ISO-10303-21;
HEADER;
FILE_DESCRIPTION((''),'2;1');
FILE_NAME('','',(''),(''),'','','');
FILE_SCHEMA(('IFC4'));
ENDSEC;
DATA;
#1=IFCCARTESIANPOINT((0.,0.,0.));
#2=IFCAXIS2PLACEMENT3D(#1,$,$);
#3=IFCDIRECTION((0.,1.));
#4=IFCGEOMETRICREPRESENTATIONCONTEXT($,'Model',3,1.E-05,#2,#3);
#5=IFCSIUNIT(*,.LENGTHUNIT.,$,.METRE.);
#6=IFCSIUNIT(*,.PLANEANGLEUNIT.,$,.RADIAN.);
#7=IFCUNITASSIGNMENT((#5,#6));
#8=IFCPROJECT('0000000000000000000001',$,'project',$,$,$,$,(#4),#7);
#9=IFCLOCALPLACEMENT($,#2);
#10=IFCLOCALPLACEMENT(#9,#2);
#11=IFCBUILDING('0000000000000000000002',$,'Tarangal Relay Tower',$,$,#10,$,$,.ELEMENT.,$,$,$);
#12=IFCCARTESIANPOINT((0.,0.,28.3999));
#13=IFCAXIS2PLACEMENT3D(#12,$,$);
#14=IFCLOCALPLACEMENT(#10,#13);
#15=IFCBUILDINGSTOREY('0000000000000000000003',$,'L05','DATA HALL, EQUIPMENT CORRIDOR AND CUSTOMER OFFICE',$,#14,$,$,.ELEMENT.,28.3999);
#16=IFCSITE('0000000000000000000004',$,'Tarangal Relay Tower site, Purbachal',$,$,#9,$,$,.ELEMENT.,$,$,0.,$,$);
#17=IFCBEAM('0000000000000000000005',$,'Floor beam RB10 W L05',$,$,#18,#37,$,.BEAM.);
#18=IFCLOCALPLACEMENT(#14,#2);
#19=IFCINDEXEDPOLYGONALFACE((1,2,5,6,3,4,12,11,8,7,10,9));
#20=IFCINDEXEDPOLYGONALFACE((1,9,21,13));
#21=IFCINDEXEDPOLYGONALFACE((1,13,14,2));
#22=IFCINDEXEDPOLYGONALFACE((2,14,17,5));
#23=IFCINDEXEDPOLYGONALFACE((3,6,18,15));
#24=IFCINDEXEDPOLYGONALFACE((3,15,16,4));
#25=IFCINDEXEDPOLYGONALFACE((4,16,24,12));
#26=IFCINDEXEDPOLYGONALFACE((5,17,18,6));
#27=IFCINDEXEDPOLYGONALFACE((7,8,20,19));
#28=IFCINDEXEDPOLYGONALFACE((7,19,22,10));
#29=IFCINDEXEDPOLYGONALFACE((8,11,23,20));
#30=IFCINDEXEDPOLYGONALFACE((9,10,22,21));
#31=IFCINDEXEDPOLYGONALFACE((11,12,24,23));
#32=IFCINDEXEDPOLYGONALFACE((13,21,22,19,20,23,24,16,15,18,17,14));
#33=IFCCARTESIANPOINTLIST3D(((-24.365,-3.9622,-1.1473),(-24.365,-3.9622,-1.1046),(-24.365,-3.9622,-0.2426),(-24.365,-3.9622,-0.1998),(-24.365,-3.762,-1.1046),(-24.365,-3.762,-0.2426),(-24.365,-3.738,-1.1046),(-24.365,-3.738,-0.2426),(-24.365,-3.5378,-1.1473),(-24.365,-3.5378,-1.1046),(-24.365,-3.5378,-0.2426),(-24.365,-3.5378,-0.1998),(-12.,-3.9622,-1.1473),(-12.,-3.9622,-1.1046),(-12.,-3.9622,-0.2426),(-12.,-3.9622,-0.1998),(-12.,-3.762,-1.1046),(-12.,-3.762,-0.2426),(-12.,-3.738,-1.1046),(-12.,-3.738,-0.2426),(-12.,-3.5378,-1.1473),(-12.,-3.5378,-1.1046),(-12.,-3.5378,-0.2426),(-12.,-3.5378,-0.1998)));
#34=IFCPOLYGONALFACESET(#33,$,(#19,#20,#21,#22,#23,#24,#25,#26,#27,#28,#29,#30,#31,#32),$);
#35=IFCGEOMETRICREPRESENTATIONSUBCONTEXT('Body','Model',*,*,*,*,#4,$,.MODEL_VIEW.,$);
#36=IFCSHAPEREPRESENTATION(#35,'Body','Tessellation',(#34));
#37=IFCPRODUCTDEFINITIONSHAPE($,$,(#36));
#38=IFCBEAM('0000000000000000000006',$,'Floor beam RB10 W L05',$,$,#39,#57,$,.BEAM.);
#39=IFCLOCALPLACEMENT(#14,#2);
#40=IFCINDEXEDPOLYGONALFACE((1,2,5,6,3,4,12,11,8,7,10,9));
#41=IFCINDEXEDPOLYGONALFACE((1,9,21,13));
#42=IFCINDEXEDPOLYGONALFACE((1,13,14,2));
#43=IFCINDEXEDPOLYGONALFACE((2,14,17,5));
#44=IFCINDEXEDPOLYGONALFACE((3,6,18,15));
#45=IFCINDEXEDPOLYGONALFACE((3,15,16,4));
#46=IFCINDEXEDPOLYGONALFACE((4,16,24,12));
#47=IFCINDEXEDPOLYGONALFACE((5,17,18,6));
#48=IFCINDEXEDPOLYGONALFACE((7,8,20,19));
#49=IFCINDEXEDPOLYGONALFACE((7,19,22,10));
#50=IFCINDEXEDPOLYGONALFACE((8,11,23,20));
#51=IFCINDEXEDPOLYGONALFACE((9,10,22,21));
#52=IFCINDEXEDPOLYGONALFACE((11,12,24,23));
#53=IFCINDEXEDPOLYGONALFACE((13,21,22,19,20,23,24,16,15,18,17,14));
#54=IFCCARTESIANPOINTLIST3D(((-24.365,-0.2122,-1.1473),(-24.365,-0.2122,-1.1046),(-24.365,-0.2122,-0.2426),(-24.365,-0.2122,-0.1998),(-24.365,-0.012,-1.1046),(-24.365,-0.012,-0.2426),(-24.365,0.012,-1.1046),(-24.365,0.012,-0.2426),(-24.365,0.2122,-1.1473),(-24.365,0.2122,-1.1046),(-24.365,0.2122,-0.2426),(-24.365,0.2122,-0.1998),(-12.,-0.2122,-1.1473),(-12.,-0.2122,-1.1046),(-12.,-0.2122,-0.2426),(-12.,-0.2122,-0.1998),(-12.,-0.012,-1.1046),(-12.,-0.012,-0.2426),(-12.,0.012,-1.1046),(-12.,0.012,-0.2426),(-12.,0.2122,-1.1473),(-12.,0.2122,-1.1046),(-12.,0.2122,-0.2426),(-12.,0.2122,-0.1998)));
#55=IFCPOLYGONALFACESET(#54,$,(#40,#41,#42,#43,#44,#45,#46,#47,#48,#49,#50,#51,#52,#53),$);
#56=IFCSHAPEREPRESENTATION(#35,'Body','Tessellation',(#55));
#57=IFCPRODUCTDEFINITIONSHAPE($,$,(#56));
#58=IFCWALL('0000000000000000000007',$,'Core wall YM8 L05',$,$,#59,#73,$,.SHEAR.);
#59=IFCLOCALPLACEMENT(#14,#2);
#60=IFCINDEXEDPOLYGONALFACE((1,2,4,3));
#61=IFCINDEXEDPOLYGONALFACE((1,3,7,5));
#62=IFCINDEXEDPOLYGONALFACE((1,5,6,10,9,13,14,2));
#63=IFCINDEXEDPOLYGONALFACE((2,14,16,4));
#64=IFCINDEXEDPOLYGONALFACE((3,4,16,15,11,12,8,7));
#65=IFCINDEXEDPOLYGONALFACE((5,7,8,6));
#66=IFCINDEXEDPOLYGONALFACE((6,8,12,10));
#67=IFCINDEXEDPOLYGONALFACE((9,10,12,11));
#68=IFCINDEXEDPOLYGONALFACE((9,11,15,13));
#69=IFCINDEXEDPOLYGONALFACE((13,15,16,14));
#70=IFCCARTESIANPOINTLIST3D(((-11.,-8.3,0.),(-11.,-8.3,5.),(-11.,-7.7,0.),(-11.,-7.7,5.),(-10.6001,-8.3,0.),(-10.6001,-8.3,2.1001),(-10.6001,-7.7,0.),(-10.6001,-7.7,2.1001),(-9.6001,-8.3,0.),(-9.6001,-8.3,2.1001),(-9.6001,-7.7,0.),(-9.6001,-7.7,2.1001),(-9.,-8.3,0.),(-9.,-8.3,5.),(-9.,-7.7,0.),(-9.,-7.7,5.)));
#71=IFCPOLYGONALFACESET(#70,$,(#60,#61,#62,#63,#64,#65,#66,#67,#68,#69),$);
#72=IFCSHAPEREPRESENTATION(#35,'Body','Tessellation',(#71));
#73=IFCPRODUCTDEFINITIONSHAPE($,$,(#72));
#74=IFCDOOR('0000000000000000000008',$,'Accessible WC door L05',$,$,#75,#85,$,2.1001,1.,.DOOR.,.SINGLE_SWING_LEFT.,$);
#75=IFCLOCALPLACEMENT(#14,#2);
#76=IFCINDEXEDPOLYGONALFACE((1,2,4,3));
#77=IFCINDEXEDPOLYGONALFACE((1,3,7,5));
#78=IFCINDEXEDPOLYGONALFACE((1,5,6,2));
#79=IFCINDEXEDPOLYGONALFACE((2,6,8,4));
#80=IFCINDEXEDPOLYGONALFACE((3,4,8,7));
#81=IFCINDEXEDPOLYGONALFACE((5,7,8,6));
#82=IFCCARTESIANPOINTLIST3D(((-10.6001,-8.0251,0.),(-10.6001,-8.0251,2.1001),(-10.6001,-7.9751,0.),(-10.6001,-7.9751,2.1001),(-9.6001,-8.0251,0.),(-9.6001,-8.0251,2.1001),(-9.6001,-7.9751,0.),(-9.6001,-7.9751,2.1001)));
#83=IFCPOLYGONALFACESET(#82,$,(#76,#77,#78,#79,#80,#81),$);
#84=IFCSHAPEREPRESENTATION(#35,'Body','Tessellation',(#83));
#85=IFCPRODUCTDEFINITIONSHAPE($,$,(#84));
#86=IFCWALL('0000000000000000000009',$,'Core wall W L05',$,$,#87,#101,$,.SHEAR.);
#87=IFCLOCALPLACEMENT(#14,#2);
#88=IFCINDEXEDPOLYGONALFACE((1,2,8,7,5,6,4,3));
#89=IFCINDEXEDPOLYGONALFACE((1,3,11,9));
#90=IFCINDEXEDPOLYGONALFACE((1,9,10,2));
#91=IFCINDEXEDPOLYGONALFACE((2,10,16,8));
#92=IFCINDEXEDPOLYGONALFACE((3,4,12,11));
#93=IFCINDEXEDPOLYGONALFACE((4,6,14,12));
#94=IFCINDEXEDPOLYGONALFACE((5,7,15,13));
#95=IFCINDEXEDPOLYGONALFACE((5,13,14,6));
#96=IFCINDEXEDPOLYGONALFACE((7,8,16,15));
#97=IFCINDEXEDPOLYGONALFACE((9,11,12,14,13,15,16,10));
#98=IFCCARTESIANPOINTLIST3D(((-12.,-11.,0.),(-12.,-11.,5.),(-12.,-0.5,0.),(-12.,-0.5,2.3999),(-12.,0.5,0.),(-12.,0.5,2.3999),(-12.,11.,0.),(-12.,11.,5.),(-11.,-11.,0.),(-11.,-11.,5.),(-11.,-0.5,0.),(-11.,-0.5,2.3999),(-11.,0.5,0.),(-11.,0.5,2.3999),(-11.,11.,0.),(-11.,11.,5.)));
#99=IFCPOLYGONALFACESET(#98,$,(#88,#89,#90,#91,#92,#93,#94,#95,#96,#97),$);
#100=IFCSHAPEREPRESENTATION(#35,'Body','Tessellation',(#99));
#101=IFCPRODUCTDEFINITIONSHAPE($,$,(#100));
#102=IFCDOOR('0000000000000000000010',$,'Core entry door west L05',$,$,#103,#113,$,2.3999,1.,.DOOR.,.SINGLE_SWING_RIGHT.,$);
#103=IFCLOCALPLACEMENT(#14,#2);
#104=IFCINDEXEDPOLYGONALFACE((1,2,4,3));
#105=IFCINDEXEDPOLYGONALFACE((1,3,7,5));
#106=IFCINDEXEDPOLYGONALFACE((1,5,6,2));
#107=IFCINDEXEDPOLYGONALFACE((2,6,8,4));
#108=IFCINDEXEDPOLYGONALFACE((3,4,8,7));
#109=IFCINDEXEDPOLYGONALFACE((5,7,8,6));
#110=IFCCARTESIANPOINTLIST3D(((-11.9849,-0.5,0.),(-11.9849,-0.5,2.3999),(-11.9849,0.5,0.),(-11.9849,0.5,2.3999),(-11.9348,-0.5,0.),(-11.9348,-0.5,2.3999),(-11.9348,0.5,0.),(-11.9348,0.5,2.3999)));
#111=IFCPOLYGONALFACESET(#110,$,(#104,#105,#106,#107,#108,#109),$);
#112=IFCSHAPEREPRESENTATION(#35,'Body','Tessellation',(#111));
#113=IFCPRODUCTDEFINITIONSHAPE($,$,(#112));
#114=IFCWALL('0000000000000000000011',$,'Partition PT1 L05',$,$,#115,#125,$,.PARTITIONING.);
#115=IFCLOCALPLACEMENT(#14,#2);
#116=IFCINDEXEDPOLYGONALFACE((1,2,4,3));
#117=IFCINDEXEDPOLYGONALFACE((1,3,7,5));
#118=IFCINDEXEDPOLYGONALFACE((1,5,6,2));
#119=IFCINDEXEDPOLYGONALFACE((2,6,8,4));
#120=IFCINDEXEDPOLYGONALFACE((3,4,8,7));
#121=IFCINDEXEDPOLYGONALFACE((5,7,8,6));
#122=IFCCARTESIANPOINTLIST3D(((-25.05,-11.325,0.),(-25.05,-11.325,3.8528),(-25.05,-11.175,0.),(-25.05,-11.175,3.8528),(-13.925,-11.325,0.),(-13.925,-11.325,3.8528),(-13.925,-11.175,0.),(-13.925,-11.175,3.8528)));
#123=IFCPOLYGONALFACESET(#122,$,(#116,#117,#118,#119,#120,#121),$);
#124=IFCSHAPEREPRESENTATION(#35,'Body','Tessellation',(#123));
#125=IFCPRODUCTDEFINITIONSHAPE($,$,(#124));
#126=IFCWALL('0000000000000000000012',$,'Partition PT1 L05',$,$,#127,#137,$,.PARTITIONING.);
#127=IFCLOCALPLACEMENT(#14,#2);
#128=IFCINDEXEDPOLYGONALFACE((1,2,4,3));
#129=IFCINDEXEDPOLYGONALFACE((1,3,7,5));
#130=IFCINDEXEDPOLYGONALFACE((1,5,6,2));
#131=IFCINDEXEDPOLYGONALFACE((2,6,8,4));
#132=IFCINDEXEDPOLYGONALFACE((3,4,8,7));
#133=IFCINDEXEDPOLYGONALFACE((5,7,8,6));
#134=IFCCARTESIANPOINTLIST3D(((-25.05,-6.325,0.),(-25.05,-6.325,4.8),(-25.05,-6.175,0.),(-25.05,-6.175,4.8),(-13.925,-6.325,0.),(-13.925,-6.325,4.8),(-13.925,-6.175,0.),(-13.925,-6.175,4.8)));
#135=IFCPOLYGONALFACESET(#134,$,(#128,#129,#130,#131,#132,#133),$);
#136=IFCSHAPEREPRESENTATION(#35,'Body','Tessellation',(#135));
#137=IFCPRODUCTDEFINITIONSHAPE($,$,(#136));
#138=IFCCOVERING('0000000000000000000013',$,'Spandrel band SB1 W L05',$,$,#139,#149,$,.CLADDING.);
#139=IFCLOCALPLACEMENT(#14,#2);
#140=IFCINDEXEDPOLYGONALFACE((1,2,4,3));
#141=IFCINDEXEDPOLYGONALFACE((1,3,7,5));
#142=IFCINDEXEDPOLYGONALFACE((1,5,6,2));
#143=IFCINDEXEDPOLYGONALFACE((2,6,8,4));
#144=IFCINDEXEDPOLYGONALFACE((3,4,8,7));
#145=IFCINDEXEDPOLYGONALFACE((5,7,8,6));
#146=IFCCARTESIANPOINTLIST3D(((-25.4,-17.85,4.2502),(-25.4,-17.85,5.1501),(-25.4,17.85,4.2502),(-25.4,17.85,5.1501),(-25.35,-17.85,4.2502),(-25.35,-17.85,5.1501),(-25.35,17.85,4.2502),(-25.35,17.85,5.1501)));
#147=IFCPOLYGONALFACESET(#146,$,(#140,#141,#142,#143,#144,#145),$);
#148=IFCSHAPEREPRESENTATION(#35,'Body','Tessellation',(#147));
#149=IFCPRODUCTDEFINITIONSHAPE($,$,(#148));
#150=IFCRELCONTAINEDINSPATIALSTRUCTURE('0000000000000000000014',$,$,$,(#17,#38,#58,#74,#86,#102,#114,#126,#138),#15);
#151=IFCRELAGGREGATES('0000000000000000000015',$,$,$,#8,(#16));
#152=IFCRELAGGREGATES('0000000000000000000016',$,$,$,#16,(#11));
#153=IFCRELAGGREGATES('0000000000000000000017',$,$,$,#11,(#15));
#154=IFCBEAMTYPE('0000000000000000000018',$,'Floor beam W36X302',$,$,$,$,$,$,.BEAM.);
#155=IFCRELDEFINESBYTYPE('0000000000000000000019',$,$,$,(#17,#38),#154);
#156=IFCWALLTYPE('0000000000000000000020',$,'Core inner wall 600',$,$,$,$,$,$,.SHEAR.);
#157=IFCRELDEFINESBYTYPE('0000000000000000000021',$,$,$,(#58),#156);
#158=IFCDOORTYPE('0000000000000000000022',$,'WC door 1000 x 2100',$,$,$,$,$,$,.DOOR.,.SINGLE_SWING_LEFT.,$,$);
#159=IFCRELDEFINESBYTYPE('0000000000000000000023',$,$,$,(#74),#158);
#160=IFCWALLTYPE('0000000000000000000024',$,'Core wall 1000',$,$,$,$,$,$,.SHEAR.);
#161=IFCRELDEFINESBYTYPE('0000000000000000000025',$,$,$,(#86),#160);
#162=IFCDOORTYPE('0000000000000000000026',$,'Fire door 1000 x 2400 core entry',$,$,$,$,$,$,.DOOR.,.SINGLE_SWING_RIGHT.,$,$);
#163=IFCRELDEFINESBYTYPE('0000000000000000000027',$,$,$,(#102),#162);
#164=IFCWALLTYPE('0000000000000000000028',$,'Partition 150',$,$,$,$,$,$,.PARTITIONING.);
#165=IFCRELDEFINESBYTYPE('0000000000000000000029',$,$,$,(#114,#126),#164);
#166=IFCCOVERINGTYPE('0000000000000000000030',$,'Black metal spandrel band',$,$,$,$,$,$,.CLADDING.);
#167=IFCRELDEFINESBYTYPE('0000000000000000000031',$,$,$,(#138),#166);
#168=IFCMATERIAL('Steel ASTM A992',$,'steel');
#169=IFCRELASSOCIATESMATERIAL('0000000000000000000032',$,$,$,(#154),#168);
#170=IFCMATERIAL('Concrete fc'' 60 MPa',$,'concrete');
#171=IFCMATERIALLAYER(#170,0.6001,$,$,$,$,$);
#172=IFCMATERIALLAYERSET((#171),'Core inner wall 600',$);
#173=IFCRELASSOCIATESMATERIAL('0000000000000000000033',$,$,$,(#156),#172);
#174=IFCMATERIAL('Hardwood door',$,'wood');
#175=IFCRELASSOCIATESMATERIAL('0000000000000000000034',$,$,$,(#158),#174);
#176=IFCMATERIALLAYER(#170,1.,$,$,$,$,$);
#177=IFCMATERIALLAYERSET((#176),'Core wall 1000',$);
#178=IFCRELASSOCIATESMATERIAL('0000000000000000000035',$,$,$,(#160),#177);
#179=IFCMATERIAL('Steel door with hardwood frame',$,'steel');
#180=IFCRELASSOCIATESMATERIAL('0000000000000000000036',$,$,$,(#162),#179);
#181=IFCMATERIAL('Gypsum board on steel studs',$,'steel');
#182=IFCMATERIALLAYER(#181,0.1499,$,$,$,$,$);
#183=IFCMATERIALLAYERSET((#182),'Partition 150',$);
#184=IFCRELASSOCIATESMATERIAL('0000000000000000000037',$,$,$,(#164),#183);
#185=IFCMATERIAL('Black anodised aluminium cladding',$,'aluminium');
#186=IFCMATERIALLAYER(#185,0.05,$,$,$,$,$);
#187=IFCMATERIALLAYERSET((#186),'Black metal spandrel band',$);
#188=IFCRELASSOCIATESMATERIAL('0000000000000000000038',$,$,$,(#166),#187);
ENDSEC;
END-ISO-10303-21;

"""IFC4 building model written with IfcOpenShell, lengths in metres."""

from ifc_helpers import new_model, si_unit, direction, frame, frame_2d, origin, origin_2d, place, context, subcontext, project, spatial, rectangle, i_section, extrude, material, layer, layer_set, material_profile, profile_set, type_object, element, fill, save


model = new_model("IFC4")

# Units and contexts
model_context = context("Model", 3, precision=1e-05, world=origin(), true_north=direction((0.0, 1.0)))
body_context = subcontext(model_context, "Body", "Model", "MODEL_VIEW")
ifc_project = project(units=[si_unit("LENGTHUNIT", "METRE"), si_unit("PLANEANGLEUNIT", "RADIAN")], contexts=[model_context])

# Site, building, storey
site_placement = place(None, origin())
site = spatial("IfcSite", under=ifc_project, at=site_placement, Name="Tarangal Relay Tower site, Purbachal", CompositionType="ELEMENT", RefElevation=0.0)
building_placement = place(site_placement, origin())
building = spatial("IfcBuilding", under=site, at=building_placement, Name="Tarangal Relay Tower", CompositionType="ELEMENT")
storey_placement = place(building_placement, frame((0.0, 0.0, 28.3999)))
storey = spatial("IfcBuildingStorey", under=building, at=storey_placement, Name="L05", Description="DATA HALL, EQUIPMENT CORRIDOR AND CUSTOMER OFFICE", CompositionType="ELEMENT", Elevation=28.3999)

# Beams
ifc_material_1 = material(Name="Steel ASTM A992", Category="steel")
ifc_material_profile_1 = material_profile(ifc_material_1, i_section(OverallWidth=0.4243, OverallDepth=0.9475, WebThickness=0.0239, FlangeThickness=0.0427, at=origin_2d()), Name="W36X302")
ifc_profile_set_1 = profile_set([ifc_material_profile_1], Name="Steel ASTM A992")
beam_type_1 = type_object("IfcBeamType", Name="Floor beam W36X302", PredefinedType="BEAM", material=ifc_profile_set_1)
for number, where, z_axis, x_axis, name in (
    (1, (-12.0, -3.75, -0.6736), (-1.0, 0.0, 0.0), (0.0, -1.0, 0.0), "Floor beam RB10 W L05"),
    (2, (-12.0, 0.0, -0.6736), (-1.0, 0.0, 0.0), (0.0, -1.0, 0.0), "Floor beam RB10 W L05"),
):
    element("IfcBeam", number, at=place(storey_placement, frame(where, z_axis=z_axis, x_axis=x_axis)), inside=storey, type_object=beam_type_1, Name=name, PredefinedType="BEAM", context=body_context, shape_type="SweptSolid", body=[
        extrude(i_section(OverallWidth=0.4243, OverallDepth=0.9475, WebThickness=0.0239, FlangeThickness=0.0427, at=origin_2d()), origin(), (0.0, 0.0, 1.0), 12.365),
    ])

# Walls, openings, doors
ifc_material_2 = material(Name="Concrete fc' 60 MPa", Category="concrete")
ifc_layer_1 = layer(ifc_material_2, 0.6001)
ifc_layer_set_1 = layer_set([ifc_layer_1], Name="Core inner wall 600")
wall_type_1 = type_object("IfcWallType", Name="Core inner wall 600", PredefinedType="SHEAR", material=ifc_layer_set_1)
wall_1_placement = place(storey_placement, frame((-11.0, -8.0, 0.0), z_axis=(0.0, 0.0, 1.0), x_axis=(1.0, 0.0, 0.0)))
wall_1 = element("IfcWall", 3, at=wall_1_placement, inside=storey, type_object=wall_type_1, Name="Core wall YM8 L05", PredefinedType="SHEAR", context=body_context, shape_type="SweptSolid", body=[
    extrude(rectangle(XDim=2.0, YDim=0.6001, at=frame_2d((1.0, 0.0))), origin(), (0.0, 0.0, 1.0), 5.0),
])
opening_1_placement = place(wall_1_placement, frame((0.3999, 0.0, 0.0)))
opening_1 = element("IfcOpeningElement", 4, at=opening_1_placement, cuts=wall_1, PredefinedType="OPENING", context=body_context, shape_type="SweptSolid", body=[
    extrude(rectangle(XDim=1.0, YDim=2.1001, at=frame_2d((0.5, 1.05))), frame((0.0, 0.3101, 0.0), z_axis=(0.0, -1.0, 0.0), x_axis=(1.0, 0.0, 0.0)), (0.0, 0.0, 1.0), 0.6201),
])
ifc_material_3 = material(Name="Hardwood door", Category="wood")
door_type_1 = type_object("IfcDoorType", Name="WC door 1000 x 2100", OperationType="SINGLE_SWING_LEFT", PredefinedType="DOOR", material=ifc_material_3)
door_1_placement = place(opening_1_placement, origin())
door_1 = element("IfcDoor", 5, at=door_1_placement, inside=storey, type_object=door_type_1, Name="Accessible WC door L05", OperationType="SINGLE_SWING_LEFT", OverallHeight=2.1001, OverallWidth=1.0, PredefinedType="DOOR", context=body_context, shape_type="SweptSolid", body=[
    extrude(rectangle(XDim=1.0, YDim=2.1001, at=frame_2d((0.5, 1.05))), frame((0.0, 0.0249, 0.0), z_axis=(0.0, -1.0, 0.0), x_axis=(1.0, 0.0, 0.0)), (0.0, 0.0, 1.0), 0.05),
])
fill(opening_1, door_1)
ifc_layer_2 = layer(ifc_material_2, 1.0)
ifc_layer_set_2 = layer_set([ifc_layer_2], Name="Core wall 1000")
wall_type_2 = type_object("IfcWallType", Name="Core wall 1000", PredefinedType="SHEAR", material=ifc_layer_set_2)
wall_2_placement = place(storey_placement, frame((-11.5, -11.0, 0.0), z_axis=(0.0, 0.0, 1.0), x_axis=(0.0, 1.0, 0.0)))
wall_2 = element("IfcWall", 6, at=wall_2_placement, inside=storey, type_object=wall_type_2, Name="Core wall W L05", PredefinedType="SHEAR", context=body_context, shape_type="SweptSolid", body=[
    extrude(rectangle(XDim=22.0, YDim=1.0, at=frame_2d((11.0, 0.0))), origin(), (0.0, 0.0, 1.0), 5.0),
])
opening_2_placement = place(wall_2_placement, frame((10.5, 0.0, 0.0)))
opening_2 = element("IfcOpeningElement", 7, at=opening_2_placement, cuts=wall_2, PredefinedType="OPENING", context=body_context, shape_type="SweptSolid", body=[
    extrude(rectangle(XDim=1.0, YDim=2.3999, at=frame_2d((0.5, 1.2))), frame((0.0, 0.51, 0.0), z_axis=(0.0, -1.0, 0.0), x_axis=(1.0, 0.0, 0.0)), (0.0, 0.0, 1.0), 1.02),
])
ifc_material_4 = material(Name="Steel door with hardwood frame", Category="steel")
door_type_2 = type_object("IfcDoorType", Name="Fire door 1000 x 2400 core entry", OperationType="SINGLE_SWING_RIGHT", PredefinedType="DOOR", material=ifc_material_4)
door_2_placement = place(opening_2_placement, origin())
door_2 = element("IfcDoor", 8, at=door_2_placement, inside=storey, type_object=door_type_2, Name="Core entry door west L05", OperationType="SINGLE_SWING_RIGHT", OverallHeight=2.3999, OverallWidth=1.0, PredefinedType="DOOR", context=body_context, shape_type="SweptSolid", body=[
    extrude(rectangle(XDim=1.0, YDim=2.3999, at=frame_2d((0.5, 1.2))), frame((0.0, 0.4849, 0.0), z_axis=(0.0, -1.0, 0.0), x_axis=(1.0, 0.0, 0.0)), (0.0, 0.0, 1.0), 0.05),
])
fill(opening_2, door_2)

# Walls
ifc_material_5 = material(Name="Gypsum board on steel studs", Category="steel")
ifc_layer_3 = layer(ifc_material_5, 0.1499)
ifc_layer_set_3 = layer_set([ifc_layer_3], Name="Partition 150")
wall_type_3 = type_object("IfcWallType", Name="Partition 150", PredefinedType="PARTITIONING", material=ifc_layer_set_3)
wall_3_placement = place(storey_placement, frame((-25.05, -11.25, 0.0), z_axis=(0.0, 0.0, 1.0), x_axis=(1.0, 0.0, 0.0)))
element("IfcWall", 9, at=wall_3_placement, inside=storey, type_object=wall_type_3, Name="Partition PT1 L05", PredefinedType="PARTITIONING", context=body_context, shape_type="SweptSolid", body=[
    extrude(rectangle(XDim=11.125, YDim=0.1499, at=frame_2d((5.5625, 0.0))), origin(), (0.0, 0.0, 1.0), 3.8528),
])
wall_4_placement = place(storey_placement, frame((-25.05, -6.25, 0.0), z_axis=(0.0, 0.0, 1.0), x_axis=(1.0, 0.0, 0.0)))
element("IfcWall", 10, at=wall_4_placement, inside=storey, type_object=wall_type_3, Name="Partition PT1 L05", PredefinedType="PARTITIONING", context=body_context, shape_type="SweptSolid", body=[
    extrude(rectangle(XDim=11.125, YDim=0.1499, at=frame_2d((5.5625, 0.0))), origin(), (0.0, 0.0, 1.0), 4.8),
])

# Covering
ifc_material_6 = material(Name="Black anodised aluminium cladding", Category="aluminium")
ifc_layer_4 = layer(ifc_material_6, 0.05)
ifc_layer_set_4 = layer_set([ifc_layer_4], Name="Black metal spandrel band")
covering_type = type_object("IfcCoveringType", Name="Black metal spandrel band", PredefinedType="CLADDING", material=ifc_layer_set_4)
covering_placement = place(storey_placement, frame((-25.375, 0.0, 4.2502), z_axis=(0.0, 0.0, 1.0), x_axis=(0.0, 1.0, 0.0)))
element("IfcCovering", 11, at=covering_placement, inside=storey, type_object=covering_type, Name="Spandrel band SB1 W L05", PredefinedType="CLADDING", context=body_context, shape_type="SweptSolid", body=[
    extrude(rectangle(XDim=35.7, YDim=0.05, at=origin_2d()), origin(), (0.0, 0.0, 1.0), 0.8999),
])

save(model, "model.ifc")
